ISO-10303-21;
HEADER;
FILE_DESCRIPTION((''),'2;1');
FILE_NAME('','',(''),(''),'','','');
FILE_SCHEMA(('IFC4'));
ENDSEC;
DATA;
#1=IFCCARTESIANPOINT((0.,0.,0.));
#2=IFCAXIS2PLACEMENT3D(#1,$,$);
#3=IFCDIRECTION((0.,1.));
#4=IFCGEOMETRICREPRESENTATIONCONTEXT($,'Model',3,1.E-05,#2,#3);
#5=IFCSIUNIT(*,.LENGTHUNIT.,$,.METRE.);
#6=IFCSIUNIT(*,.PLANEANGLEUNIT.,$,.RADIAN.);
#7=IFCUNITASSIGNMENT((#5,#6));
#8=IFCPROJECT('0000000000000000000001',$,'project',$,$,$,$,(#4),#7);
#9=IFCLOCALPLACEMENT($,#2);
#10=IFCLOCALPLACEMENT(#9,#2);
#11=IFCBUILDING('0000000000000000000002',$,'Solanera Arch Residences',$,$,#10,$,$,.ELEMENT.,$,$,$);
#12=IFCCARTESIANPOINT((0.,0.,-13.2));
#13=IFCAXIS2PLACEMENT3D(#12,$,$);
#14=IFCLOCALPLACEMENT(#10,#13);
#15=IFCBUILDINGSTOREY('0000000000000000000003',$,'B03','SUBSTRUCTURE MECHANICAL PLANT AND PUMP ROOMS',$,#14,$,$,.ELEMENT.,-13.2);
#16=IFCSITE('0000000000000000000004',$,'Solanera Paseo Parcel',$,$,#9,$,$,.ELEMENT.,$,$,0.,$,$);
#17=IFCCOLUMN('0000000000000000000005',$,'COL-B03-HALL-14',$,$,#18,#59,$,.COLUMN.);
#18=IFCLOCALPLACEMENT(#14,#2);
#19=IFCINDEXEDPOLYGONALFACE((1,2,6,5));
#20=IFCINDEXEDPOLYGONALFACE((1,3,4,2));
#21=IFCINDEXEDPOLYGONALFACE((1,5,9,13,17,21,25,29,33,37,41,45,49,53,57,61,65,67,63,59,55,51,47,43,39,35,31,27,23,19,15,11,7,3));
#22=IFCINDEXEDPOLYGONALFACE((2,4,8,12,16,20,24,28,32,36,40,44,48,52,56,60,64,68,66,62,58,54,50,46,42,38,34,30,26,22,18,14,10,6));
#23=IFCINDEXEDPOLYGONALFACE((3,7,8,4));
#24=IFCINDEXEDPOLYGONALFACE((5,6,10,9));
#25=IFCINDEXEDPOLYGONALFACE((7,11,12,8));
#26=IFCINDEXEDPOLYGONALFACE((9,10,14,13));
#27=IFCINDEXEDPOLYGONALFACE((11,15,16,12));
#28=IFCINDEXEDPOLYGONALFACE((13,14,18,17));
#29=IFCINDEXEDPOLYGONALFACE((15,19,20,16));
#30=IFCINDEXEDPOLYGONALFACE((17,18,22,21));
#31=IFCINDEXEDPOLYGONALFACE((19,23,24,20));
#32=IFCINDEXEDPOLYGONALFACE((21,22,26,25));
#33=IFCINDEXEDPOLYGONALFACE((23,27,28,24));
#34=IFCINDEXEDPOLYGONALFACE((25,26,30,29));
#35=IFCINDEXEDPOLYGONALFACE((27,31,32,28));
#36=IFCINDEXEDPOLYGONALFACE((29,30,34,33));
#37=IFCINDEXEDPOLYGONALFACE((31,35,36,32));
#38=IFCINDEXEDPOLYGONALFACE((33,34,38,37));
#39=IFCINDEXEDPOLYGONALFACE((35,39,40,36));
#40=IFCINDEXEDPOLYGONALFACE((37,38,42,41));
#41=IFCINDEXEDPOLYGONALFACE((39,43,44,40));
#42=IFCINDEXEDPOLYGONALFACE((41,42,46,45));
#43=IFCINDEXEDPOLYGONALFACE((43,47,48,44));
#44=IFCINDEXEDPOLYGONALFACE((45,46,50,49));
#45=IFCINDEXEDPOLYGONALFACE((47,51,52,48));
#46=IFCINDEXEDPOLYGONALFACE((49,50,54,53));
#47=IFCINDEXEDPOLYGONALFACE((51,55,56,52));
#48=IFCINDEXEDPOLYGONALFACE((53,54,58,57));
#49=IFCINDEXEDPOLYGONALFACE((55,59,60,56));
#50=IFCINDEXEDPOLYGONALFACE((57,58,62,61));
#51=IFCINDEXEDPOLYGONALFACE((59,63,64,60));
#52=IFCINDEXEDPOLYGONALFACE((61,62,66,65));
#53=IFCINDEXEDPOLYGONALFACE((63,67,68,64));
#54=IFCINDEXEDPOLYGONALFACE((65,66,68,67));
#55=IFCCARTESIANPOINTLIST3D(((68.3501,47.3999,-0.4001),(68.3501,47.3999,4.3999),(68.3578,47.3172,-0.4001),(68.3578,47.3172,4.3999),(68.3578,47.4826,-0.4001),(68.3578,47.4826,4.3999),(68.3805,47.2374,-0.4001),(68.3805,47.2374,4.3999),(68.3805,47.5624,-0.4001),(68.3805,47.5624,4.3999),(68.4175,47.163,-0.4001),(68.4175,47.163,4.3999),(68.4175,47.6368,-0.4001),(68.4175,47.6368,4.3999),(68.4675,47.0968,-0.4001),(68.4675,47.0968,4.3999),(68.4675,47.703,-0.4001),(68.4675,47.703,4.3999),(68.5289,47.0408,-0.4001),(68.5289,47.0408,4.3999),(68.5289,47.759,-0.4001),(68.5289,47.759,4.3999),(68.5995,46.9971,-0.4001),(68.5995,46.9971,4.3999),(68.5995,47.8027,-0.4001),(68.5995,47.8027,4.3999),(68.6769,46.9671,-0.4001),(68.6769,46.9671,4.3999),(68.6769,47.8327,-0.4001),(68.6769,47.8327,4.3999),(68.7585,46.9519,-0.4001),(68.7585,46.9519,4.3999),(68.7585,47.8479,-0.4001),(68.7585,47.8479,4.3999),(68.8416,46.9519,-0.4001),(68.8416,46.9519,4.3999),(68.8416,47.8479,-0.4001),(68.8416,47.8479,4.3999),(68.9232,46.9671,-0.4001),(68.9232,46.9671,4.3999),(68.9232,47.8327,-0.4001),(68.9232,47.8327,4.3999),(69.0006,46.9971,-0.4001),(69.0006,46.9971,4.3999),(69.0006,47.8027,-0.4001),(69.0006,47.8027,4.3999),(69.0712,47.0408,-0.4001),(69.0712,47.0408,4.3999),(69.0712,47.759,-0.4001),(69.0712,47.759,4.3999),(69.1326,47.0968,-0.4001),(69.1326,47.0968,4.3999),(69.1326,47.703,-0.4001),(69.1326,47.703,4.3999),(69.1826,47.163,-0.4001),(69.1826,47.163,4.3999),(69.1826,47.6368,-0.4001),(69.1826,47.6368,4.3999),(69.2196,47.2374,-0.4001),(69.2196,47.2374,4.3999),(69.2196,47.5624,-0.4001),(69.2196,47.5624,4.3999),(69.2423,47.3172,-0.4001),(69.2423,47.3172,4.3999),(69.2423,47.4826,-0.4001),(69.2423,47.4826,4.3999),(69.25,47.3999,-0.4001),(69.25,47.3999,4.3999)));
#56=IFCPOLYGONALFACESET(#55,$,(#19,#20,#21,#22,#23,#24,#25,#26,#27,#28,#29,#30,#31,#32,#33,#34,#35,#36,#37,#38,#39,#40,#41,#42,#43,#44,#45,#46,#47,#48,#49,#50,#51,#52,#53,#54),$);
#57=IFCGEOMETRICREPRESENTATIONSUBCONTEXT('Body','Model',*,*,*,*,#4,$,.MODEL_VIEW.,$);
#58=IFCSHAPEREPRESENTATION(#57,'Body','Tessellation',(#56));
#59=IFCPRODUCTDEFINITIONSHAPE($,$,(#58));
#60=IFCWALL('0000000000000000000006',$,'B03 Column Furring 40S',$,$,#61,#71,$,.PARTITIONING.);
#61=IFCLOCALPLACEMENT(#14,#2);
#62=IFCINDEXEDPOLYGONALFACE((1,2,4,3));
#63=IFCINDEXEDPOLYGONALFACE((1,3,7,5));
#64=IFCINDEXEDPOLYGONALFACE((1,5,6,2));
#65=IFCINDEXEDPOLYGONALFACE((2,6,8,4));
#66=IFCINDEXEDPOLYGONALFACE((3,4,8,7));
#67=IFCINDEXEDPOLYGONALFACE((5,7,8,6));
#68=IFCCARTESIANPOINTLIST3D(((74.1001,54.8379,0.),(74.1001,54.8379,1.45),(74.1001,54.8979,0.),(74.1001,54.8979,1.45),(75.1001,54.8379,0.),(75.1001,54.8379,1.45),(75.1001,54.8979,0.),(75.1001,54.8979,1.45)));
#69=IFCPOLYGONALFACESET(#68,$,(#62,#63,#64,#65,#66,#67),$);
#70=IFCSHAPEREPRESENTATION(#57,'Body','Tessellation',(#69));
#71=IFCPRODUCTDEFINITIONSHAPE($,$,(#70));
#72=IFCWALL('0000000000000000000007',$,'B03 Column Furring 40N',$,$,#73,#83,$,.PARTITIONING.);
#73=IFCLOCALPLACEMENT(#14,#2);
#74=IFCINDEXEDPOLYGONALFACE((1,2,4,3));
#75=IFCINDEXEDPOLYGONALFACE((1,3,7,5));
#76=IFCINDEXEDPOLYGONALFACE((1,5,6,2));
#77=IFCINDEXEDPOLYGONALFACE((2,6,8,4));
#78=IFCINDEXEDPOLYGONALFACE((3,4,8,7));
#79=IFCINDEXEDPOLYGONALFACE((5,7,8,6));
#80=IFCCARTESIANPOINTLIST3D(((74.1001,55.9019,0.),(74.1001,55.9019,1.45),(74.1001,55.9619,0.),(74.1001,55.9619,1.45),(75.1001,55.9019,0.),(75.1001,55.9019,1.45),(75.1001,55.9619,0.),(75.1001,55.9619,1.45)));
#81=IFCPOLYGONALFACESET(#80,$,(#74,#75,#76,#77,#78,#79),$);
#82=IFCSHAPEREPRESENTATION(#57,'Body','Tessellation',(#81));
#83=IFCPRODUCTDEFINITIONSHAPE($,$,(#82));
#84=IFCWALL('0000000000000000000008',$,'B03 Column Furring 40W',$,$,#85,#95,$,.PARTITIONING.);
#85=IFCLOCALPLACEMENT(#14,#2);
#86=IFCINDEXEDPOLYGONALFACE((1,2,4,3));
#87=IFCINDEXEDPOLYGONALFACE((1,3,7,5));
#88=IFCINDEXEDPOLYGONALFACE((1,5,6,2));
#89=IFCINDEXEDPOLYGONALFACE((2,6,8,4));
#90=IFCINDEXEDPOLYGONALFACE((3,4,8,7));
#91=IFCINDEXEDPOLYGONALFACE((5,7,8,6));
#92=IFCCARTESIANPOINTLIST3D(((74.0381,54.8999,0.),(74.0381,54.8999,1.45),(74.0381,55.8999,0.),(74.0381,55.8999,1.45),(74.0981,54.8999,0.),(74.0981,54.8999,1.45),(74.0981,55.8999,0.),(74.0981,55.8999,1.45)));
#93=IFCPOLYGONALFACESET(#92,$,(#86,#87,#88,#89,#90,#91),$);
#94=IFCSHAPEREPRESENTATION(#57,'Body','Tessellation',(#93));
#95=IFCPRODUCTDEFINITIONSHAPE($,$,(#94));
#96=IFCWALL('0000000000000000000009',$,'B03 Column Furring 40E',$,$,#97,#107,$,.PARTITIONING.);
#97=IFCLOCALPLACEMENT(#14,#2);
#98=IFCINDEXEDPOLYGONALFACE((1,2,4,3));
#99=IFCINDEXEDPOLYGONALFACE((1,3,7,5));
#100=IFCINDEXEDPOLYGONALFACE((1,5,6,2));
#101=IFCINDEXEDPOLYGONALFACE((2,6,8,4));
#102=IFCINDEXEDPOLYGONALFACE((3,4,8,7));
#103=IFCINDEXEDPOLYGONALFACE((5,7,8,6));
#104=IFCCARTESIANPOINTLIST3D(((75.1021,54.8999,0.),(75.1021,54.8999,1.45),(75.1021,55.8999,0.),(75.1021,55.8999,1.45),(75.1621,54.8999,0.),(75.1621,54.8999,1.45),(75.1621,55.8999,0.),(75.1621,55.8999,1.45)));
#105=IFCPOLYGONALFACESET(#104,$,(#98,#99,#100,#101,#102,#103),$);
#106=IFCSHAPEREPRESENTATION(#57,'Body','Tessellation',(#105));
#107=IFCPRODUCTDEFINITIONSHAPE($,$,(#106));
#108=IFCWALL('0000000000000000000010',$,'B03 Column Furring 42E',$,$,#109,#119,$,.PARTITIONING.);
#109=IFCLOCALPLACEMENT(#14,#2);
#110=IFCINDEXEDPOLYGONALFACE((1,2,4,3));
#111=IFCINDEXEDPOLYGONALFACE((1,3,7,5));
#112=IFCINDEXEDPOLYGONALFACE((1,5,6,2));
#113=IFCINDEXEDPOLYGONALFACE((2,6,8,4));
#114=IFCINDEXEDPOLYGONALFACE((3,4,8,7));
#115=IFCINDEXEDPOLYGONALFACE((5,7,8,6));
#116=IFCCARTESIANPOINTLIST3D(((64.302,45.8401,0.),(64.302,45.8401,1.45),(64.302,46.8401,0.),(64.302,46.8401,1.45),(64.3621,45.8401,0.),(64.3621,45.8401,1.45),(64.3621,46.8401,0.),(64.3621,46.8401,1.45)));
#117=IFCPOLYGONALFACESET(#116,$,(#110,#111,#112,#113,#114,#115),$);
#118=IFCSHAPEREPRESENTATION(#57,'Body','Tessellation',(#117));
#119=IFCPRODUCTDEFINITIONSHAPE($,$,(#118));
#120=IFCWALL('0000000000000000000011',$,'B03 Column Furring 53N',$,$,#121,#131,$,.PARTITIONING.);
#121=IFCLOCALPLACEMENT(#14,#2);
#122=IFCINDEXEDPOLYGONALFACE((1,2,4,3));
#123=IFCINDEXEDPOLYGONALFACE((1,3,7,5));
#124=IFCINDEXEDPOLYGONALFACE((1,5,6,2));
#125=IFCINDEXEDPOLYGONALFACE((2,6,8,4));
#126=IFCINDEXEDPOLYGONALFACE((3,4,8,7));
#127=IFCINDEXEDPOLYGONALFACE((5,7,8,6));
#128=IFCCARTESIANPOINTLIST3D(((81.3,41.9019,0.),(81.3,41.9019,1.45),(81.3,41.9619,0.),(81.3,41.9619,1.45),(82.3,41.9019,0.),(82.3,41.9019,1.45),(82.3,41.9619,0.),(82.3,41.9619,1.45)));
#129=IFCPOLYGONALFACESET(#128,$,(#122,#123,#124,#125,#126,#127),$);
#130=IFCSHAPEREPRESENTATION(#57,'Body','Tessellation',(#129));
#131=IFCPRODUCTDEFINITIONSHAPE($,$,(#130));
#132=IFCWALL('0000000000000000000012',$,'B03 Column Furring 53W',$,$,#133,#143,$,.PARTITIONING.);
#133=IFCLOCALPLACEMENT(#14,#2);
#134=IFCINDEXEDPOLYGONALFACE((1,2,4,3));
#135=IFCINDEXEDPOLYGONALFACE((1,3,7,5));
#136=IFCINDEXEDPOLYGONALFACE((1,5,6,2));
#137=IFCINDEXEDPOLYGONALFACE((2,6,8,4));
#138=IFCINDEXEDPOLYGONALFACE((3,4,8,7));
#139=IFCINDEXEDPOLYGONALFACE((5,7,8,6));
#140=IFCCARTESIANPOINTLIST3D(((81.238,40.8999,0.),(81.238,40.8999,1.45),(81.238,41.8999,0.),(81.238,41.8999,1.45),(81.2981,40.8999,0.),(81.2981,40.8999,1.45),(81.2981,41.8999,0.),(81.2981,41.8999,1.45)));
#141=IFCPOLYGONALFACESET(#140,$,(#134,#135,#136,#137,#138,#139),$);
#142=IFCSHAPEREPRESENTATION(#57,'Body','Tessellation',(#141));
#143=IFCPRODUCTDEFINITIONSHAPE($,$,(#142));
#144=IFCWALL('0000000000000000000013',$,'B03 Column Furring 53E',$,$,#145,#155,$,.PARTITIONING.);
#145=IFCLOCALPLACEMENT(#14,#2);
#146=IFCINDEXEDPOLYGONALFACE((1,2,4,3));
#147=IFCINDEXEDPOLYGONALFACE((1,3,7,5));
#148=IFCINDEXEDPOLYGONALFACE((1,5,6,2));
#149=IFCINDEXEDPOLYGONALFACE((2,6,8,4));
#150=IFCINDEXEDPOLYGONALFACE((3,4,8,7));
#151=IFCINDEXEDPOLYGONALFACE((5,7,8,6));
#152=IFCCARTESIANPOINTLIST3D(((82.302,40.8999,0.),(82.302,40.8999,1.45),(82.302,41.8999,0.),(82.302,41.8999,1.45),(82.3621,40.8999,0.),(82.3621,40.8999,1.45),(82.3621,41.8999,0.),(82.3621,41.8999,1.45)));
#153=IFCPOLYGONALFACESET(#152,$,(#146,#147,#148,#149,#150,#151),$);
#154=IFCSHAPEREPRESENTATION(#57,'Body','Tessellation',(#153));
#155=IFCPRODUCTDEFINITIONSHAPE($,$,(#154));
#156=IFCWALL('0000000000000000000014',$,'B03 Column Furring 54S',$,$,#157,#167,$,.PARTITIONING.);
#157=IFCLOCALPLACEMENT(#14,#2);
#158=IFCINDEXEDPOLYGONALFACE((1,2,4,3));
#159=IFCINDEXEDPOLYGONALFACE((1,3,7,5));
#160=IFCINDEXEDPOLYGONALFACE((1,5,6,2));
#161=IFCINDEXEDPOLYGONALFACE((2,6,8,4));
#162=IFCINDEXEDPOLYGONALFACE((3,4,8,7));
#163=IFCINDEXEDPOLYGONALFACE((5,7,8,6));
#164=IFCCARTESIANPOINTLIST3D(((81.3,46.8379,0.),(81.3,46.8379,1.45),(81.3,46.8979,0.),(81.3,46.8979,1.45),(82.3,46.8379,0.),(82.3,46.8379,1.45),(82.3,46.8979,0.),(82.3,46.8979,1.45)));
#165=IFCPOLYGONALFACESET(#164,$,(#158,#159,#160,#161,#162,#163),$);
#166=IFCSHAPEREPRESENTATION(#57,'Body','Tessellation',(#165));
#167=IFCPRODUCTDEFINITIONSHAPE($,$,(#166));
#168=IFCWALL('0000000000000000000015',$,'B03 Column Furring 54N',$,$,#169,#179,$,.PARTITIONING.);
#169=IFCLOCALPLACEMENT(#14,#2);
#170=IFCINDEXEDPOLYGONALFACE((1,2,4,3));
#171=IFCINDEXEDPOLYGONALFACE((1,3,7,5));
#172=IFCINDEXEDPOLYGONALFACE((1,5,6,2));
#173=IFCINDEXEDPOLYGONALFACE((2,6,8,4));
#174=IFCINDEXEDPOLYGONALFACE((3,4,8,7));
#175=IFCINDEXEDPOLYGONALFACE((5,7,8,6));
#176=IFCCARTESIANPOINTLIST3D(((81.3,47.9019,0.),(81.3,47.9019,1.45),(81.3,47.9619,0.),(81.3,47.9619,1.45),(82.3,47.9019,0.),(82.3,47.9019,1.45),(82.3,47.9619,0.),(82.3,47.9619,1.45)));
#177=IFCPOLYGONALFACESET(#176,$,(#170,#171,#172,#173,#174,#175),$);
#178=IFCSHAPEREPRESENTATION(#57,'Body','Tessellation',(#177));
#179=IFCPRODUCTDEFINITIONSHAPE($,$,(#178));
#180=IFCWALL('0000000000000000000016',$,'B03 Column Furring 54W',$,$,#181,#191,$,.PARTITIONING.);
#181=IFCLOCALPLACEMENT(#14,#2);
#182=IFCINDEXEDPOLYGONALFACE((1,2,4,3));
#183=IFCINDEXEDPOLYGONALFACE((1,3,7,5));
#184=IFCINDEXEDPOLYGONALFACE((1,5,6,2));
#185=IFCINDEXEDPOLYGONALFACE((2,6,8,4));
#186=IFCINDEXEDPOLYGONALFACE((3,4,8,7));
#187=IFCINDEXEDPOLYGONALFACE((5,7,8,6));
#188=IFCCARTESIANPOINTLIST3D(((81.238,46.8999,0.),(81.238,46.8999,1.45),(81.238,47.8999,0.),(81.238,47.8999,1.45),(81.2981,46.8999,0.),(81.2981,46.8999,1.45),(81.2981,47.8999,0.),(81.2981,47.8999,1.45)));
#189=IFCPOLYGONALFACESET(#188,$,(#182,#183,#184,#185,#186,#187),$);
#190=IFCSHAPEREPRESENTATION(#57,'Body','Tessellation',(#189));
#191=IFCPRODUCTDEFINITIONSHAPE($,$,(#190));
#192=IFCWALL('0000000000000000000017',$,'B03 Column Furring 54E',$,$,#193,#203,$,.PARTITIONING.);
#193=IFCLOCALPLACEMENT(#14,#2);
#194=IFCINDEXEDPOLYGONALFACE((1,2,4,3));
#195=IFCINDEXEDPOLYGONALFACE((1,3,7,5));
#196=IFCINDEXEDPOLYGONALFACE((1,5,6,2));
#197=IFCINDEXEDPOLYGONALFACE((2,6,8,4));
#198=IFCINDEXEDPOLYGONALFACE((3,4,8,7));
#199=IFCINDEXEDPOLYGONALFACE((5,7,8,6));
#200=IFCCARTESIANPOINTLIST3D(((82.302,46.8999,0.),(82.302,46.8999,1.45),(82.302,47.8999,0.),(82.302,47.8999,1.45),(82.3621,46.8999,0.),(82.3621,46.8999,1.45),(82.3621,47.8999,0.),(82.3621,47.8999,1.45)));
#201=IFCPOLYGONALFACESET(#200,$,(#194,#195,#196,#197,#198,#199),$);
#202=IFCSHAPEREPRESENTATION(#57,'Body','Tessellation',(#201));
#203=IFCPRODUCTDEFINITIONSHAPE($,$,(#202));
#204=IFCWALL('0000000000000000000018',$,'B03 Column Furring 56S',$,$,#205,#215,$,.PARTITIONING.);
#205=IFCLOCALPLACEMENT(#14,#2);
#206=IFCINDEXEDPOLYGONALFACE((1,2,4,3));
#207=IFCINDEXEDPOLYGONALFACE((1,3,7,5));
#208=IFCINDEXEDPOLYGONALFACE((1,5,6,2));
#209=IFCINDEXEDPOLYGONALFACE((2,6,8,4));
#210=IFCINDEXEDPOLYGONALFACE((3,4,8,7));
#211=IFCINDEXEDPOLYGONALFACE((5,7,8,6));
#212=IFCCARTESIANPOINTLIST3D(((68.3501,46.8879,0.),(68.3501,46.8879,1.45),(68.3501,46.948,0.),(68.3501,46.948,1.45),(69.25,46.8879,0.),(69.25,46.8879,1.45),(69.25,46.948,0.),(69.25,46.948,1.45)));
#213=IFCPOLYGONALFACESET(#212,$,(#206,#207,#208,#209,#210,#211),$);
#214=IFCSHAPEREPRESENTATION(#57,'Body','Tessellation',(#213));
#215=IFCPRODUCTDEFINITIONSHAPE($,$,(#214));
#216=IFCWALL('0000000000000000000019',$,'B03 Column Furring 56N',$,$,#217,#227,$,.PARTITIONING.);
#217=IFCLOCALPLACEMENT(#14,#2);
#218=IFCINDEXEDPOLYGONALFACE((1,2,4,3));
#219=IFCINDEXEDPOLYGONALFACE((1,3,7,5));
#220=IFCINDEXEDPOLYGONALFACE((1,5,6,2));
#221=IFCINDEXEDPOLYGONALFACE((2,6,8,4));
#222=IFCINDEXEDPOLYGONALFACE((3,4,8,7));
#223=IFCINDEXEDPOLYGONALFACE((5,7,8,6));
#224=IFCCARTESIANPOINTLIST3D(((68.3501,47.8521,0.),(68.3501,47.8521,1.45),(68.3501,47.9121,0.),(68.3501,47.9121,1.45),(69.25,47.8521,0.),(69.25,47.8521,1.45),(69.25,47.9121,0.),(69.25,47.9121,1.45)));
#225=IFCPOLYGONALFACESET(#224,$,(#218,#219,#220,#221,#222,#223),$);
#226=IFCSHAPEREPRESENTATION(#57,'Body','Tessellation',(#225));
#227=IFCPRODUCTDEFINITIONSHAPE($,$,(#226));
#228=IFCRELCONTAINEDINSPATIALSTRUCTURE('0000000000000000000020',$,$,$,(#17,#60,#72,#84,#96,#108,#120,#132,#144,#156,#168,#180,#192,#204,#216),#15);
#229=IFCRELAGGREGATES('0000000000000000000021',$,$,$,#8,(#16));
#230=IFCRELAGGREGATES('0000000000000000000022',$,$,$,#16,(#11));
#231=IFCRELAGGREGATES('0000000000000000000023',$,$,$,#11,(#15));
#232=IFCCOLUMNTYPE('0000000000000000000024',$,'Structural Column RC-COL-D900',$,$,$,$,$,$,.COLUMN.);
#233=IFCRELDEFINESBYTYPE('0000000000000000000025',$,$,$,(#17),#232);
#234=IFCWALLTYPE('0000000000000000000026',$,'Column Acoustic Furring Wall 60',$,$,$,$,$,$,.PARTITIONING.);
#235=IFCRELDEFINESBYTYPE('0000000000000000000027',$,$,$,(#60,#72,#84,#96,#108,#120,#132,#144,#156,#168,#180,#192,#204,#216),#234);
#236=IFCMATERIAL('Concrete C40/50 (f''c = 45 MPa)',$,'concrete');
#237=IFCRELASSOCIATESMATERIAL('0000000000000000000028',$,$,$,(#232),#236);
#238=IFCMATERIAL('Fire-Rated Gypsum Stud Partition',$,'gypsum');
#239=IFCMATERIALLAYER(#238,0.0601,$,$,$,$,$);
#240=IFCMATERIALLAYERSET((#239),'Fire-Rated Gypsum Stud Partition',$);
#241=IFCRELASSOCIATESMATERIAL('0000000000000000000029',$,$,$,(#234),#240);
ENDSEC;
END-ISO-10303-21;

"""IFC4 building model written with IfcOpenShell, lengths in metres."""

from ifc_helpers import new_model, si_unit, direction, frame, frame_2d, origin, origin_2d, place, context, subcontext, project, spatial, rectangle, circle, extrude, material, layer, layer_set, material_profile, profile_set, type_object, element, save


model = new_model("IFC4")

# Units and contexts
model_context = context("Model", 3, precision=1e-05, world=origin(), true_north=direction((0.0, 1.0)))
body_context = subcontext(model_context, "Body", "Model", "MODEL_VIEW")
ifc_project = project(units=[si_unit("LENGTHUNIT", "METRE"), si_unit("PLANEANGLEUNIT", "RADIAN")], contexts=[model_context])

# Site, building, storey
site_placement = place(None, origin())
site = spatial("IfcSite", under=ifc_project, at=site_placement, Name="Solanera Paseo Parcel", CompositionType="ELEMENT", RefElevation=0.0)
building_placement = place(site_placement, origin())
building = spatial("IfcBuilding", under=site, at=building_placement, Name="Solanera Arch Residences", CompositionType="ELEMENT")
storey_placement = place(building_placement, frame((0.0, 0.0, -13.2)))
storey = spatial("IfcBuildingStorey", under=building, at=storey_placement, Name="B03", Description="SUBSTRUCTURE MECHANICAL PLANT AND PUMP ROOMS", CompositionType="ELEMENT", Elevation=-13.2)

# Column
ifc_material_1 = material(Name="Concrete C40/50 (f'c = 45 MPa)", Category="concrete")
ifc_material_profile_1 = material_profile(ifc_material_1, circle(Radius=0.45, at=origin_2d()))
ifc_profile_set_1 = profile_set([ifc_material_profile_1], Name="Concrete C40/50 (f'c = 45 MPa)")
column_type_1 = type_object("IfcColumnType", Name="Structural Column RC-COL-D900", PredefinedType="COLUMN", material=ifc_profile_set_1)
column_placement = place(storey_placement, frame((68.8, 47.3999, -0.4001), z_axis=(0.0, 0.0, 1.0), x_axis=(1.0, 0.0, 0.0)))
element("IfcColumn", 1, at=column_placement, inside=storey, type_object=column_type_1, Name="COL-B03-HALL-14", PredefinedType="COLUMN", context=body_context, shape_type="SweptSolid", body=[
    extrude(circle(Radius=0.45, at=origin_2d()), origin(), (0.0, 0.0, 1.0), 4.8),
])

# Walls
ifc_material_2 = material(Name="Fire-Rated Gypsum Stud Partition", Category="gypsum")
ifc_layer_1 = layer(ifc_material_2, 0.0601)
ifc_layer_set_1 = layer_set([ifc_layer_1], Name="Fire-Rated Gypsum Stud Partition")
wall_type_1 = type_object("IfcWallType", Name="Column Acoustic Furring Wall 60", PredefinedType="PARTITIONING", material=ifc_layer_set_1)
for number, where, z_axis, x_axis, name in (
    (2, (74.1001, 54.8679, 0.0), (0.0, 0.0, 1.0), (1.0, 0.0, 0.0), "B03 Column Furring 40S"),
    (3, (74.1001, 55.9319, 0.0), (0.0, 0.0, 1.0), (1.0, 0.0, 0.0), "B03 Column Furring 40N"),
    (4, (74.0681, 54.8999, 0.0), (0.0, 0.0, 1.0), (0.0, 1.0, 0.0), "B03 Column Furring 40W"),
    (5, (75.1321, 54.8999, 0.0), (0.0, 0.0, 1.0), (0.0, 1.0, 0.0), "B03 Column Furring 40E"),
    (6, (64.332, 45.8401, 0.0), (0.0, 0.0, 1.0), (0.0, 1.0, 0.0), "B03 Column Furring 42E"),
    (7, (81.3, 41.9319, 0.0), (0.0, 0.0, 1.0), (1.0, 0.0, 0.0), "B03 Column Furring 53N"),
    (8, (81.2681, 40.8999, 0.0), (0.0, 0.0, 1.0), (0.0, 1.0, 0.0), "B03 Column Furring 53W"),
    (9, (82.332, 40.8999, 0.0), (0.0, 0.0, 1.0), (0.0, 1.0, 0.0), "B03 Column Furring 53E"),
    (10, (81.3, 46.8679, 0.0), (0.0, 0.0, 1.0), (1.0, 0.0, 0.0), "B03 Column Furring 54S"),
    (11, (81.3, 47.9319, 0.0), (0.0, 0.0, 1.0), (1.0, 0.0, 0.0), "B03 Column Furring 54N"),
    (12, (81.2681, 46.8999, 0.0), (0.0, 0.0, 1.0), (0.0, 1.0, 0.0), "B03 Column Furring 54W"),
    (13, (82.332, 46.8999, 0.0), (0.0, 0.0, 1.0), (0.0, 1.0, 0.0), "B03 Column Furring 54E"),
):
    element("IfcWall", number, at=place(storey_placement, frame(where, z_axis=z_axis, x_axis=x_axis)), inside=storey, type_object=wall_type_1, Name=name, PredefinedType="PARTITIONING", context=body_context, shape_type="SweptSolid", body=[
        extrude(rectangle(XDim=1.0, YDim=0.0601, at=frame_2d((0.5, 0.0))), origin(), (0.0, 0.0, 1.0), 1.45),
    ])
for number, where, z_axis, x_axis, name in (
    (14, (68.3501, 46.918, 0.0), (0.0, 0.0, 1.0), (1.0, 0.0, 0.0), "B03 Column Furring 56S"),
    (15, (68.3501, 47.8821, 0.0), (0.0, 0.0, 1.0), (1.0, 0.0, 0.0), "B03 Column Furring 56N"),
):
    element("IfcWall", number, at=place(storey_placement, frame(where, z_axis=z_axis, x_axis=x_axis)), inside=storey, type_object=wall_type_1, Name=name, PredefinedType="PARTITIONING", context=body_context, shape_type="SweptSolid", body=[
        extrude(rectangle(XDim=0.8999, YDim=0.0601, at=frame_2d((0.45, 0.0))), origin(), (0.0, 0.0, 1.0), 1.45),
    ])

save(model, "model.ifc")
